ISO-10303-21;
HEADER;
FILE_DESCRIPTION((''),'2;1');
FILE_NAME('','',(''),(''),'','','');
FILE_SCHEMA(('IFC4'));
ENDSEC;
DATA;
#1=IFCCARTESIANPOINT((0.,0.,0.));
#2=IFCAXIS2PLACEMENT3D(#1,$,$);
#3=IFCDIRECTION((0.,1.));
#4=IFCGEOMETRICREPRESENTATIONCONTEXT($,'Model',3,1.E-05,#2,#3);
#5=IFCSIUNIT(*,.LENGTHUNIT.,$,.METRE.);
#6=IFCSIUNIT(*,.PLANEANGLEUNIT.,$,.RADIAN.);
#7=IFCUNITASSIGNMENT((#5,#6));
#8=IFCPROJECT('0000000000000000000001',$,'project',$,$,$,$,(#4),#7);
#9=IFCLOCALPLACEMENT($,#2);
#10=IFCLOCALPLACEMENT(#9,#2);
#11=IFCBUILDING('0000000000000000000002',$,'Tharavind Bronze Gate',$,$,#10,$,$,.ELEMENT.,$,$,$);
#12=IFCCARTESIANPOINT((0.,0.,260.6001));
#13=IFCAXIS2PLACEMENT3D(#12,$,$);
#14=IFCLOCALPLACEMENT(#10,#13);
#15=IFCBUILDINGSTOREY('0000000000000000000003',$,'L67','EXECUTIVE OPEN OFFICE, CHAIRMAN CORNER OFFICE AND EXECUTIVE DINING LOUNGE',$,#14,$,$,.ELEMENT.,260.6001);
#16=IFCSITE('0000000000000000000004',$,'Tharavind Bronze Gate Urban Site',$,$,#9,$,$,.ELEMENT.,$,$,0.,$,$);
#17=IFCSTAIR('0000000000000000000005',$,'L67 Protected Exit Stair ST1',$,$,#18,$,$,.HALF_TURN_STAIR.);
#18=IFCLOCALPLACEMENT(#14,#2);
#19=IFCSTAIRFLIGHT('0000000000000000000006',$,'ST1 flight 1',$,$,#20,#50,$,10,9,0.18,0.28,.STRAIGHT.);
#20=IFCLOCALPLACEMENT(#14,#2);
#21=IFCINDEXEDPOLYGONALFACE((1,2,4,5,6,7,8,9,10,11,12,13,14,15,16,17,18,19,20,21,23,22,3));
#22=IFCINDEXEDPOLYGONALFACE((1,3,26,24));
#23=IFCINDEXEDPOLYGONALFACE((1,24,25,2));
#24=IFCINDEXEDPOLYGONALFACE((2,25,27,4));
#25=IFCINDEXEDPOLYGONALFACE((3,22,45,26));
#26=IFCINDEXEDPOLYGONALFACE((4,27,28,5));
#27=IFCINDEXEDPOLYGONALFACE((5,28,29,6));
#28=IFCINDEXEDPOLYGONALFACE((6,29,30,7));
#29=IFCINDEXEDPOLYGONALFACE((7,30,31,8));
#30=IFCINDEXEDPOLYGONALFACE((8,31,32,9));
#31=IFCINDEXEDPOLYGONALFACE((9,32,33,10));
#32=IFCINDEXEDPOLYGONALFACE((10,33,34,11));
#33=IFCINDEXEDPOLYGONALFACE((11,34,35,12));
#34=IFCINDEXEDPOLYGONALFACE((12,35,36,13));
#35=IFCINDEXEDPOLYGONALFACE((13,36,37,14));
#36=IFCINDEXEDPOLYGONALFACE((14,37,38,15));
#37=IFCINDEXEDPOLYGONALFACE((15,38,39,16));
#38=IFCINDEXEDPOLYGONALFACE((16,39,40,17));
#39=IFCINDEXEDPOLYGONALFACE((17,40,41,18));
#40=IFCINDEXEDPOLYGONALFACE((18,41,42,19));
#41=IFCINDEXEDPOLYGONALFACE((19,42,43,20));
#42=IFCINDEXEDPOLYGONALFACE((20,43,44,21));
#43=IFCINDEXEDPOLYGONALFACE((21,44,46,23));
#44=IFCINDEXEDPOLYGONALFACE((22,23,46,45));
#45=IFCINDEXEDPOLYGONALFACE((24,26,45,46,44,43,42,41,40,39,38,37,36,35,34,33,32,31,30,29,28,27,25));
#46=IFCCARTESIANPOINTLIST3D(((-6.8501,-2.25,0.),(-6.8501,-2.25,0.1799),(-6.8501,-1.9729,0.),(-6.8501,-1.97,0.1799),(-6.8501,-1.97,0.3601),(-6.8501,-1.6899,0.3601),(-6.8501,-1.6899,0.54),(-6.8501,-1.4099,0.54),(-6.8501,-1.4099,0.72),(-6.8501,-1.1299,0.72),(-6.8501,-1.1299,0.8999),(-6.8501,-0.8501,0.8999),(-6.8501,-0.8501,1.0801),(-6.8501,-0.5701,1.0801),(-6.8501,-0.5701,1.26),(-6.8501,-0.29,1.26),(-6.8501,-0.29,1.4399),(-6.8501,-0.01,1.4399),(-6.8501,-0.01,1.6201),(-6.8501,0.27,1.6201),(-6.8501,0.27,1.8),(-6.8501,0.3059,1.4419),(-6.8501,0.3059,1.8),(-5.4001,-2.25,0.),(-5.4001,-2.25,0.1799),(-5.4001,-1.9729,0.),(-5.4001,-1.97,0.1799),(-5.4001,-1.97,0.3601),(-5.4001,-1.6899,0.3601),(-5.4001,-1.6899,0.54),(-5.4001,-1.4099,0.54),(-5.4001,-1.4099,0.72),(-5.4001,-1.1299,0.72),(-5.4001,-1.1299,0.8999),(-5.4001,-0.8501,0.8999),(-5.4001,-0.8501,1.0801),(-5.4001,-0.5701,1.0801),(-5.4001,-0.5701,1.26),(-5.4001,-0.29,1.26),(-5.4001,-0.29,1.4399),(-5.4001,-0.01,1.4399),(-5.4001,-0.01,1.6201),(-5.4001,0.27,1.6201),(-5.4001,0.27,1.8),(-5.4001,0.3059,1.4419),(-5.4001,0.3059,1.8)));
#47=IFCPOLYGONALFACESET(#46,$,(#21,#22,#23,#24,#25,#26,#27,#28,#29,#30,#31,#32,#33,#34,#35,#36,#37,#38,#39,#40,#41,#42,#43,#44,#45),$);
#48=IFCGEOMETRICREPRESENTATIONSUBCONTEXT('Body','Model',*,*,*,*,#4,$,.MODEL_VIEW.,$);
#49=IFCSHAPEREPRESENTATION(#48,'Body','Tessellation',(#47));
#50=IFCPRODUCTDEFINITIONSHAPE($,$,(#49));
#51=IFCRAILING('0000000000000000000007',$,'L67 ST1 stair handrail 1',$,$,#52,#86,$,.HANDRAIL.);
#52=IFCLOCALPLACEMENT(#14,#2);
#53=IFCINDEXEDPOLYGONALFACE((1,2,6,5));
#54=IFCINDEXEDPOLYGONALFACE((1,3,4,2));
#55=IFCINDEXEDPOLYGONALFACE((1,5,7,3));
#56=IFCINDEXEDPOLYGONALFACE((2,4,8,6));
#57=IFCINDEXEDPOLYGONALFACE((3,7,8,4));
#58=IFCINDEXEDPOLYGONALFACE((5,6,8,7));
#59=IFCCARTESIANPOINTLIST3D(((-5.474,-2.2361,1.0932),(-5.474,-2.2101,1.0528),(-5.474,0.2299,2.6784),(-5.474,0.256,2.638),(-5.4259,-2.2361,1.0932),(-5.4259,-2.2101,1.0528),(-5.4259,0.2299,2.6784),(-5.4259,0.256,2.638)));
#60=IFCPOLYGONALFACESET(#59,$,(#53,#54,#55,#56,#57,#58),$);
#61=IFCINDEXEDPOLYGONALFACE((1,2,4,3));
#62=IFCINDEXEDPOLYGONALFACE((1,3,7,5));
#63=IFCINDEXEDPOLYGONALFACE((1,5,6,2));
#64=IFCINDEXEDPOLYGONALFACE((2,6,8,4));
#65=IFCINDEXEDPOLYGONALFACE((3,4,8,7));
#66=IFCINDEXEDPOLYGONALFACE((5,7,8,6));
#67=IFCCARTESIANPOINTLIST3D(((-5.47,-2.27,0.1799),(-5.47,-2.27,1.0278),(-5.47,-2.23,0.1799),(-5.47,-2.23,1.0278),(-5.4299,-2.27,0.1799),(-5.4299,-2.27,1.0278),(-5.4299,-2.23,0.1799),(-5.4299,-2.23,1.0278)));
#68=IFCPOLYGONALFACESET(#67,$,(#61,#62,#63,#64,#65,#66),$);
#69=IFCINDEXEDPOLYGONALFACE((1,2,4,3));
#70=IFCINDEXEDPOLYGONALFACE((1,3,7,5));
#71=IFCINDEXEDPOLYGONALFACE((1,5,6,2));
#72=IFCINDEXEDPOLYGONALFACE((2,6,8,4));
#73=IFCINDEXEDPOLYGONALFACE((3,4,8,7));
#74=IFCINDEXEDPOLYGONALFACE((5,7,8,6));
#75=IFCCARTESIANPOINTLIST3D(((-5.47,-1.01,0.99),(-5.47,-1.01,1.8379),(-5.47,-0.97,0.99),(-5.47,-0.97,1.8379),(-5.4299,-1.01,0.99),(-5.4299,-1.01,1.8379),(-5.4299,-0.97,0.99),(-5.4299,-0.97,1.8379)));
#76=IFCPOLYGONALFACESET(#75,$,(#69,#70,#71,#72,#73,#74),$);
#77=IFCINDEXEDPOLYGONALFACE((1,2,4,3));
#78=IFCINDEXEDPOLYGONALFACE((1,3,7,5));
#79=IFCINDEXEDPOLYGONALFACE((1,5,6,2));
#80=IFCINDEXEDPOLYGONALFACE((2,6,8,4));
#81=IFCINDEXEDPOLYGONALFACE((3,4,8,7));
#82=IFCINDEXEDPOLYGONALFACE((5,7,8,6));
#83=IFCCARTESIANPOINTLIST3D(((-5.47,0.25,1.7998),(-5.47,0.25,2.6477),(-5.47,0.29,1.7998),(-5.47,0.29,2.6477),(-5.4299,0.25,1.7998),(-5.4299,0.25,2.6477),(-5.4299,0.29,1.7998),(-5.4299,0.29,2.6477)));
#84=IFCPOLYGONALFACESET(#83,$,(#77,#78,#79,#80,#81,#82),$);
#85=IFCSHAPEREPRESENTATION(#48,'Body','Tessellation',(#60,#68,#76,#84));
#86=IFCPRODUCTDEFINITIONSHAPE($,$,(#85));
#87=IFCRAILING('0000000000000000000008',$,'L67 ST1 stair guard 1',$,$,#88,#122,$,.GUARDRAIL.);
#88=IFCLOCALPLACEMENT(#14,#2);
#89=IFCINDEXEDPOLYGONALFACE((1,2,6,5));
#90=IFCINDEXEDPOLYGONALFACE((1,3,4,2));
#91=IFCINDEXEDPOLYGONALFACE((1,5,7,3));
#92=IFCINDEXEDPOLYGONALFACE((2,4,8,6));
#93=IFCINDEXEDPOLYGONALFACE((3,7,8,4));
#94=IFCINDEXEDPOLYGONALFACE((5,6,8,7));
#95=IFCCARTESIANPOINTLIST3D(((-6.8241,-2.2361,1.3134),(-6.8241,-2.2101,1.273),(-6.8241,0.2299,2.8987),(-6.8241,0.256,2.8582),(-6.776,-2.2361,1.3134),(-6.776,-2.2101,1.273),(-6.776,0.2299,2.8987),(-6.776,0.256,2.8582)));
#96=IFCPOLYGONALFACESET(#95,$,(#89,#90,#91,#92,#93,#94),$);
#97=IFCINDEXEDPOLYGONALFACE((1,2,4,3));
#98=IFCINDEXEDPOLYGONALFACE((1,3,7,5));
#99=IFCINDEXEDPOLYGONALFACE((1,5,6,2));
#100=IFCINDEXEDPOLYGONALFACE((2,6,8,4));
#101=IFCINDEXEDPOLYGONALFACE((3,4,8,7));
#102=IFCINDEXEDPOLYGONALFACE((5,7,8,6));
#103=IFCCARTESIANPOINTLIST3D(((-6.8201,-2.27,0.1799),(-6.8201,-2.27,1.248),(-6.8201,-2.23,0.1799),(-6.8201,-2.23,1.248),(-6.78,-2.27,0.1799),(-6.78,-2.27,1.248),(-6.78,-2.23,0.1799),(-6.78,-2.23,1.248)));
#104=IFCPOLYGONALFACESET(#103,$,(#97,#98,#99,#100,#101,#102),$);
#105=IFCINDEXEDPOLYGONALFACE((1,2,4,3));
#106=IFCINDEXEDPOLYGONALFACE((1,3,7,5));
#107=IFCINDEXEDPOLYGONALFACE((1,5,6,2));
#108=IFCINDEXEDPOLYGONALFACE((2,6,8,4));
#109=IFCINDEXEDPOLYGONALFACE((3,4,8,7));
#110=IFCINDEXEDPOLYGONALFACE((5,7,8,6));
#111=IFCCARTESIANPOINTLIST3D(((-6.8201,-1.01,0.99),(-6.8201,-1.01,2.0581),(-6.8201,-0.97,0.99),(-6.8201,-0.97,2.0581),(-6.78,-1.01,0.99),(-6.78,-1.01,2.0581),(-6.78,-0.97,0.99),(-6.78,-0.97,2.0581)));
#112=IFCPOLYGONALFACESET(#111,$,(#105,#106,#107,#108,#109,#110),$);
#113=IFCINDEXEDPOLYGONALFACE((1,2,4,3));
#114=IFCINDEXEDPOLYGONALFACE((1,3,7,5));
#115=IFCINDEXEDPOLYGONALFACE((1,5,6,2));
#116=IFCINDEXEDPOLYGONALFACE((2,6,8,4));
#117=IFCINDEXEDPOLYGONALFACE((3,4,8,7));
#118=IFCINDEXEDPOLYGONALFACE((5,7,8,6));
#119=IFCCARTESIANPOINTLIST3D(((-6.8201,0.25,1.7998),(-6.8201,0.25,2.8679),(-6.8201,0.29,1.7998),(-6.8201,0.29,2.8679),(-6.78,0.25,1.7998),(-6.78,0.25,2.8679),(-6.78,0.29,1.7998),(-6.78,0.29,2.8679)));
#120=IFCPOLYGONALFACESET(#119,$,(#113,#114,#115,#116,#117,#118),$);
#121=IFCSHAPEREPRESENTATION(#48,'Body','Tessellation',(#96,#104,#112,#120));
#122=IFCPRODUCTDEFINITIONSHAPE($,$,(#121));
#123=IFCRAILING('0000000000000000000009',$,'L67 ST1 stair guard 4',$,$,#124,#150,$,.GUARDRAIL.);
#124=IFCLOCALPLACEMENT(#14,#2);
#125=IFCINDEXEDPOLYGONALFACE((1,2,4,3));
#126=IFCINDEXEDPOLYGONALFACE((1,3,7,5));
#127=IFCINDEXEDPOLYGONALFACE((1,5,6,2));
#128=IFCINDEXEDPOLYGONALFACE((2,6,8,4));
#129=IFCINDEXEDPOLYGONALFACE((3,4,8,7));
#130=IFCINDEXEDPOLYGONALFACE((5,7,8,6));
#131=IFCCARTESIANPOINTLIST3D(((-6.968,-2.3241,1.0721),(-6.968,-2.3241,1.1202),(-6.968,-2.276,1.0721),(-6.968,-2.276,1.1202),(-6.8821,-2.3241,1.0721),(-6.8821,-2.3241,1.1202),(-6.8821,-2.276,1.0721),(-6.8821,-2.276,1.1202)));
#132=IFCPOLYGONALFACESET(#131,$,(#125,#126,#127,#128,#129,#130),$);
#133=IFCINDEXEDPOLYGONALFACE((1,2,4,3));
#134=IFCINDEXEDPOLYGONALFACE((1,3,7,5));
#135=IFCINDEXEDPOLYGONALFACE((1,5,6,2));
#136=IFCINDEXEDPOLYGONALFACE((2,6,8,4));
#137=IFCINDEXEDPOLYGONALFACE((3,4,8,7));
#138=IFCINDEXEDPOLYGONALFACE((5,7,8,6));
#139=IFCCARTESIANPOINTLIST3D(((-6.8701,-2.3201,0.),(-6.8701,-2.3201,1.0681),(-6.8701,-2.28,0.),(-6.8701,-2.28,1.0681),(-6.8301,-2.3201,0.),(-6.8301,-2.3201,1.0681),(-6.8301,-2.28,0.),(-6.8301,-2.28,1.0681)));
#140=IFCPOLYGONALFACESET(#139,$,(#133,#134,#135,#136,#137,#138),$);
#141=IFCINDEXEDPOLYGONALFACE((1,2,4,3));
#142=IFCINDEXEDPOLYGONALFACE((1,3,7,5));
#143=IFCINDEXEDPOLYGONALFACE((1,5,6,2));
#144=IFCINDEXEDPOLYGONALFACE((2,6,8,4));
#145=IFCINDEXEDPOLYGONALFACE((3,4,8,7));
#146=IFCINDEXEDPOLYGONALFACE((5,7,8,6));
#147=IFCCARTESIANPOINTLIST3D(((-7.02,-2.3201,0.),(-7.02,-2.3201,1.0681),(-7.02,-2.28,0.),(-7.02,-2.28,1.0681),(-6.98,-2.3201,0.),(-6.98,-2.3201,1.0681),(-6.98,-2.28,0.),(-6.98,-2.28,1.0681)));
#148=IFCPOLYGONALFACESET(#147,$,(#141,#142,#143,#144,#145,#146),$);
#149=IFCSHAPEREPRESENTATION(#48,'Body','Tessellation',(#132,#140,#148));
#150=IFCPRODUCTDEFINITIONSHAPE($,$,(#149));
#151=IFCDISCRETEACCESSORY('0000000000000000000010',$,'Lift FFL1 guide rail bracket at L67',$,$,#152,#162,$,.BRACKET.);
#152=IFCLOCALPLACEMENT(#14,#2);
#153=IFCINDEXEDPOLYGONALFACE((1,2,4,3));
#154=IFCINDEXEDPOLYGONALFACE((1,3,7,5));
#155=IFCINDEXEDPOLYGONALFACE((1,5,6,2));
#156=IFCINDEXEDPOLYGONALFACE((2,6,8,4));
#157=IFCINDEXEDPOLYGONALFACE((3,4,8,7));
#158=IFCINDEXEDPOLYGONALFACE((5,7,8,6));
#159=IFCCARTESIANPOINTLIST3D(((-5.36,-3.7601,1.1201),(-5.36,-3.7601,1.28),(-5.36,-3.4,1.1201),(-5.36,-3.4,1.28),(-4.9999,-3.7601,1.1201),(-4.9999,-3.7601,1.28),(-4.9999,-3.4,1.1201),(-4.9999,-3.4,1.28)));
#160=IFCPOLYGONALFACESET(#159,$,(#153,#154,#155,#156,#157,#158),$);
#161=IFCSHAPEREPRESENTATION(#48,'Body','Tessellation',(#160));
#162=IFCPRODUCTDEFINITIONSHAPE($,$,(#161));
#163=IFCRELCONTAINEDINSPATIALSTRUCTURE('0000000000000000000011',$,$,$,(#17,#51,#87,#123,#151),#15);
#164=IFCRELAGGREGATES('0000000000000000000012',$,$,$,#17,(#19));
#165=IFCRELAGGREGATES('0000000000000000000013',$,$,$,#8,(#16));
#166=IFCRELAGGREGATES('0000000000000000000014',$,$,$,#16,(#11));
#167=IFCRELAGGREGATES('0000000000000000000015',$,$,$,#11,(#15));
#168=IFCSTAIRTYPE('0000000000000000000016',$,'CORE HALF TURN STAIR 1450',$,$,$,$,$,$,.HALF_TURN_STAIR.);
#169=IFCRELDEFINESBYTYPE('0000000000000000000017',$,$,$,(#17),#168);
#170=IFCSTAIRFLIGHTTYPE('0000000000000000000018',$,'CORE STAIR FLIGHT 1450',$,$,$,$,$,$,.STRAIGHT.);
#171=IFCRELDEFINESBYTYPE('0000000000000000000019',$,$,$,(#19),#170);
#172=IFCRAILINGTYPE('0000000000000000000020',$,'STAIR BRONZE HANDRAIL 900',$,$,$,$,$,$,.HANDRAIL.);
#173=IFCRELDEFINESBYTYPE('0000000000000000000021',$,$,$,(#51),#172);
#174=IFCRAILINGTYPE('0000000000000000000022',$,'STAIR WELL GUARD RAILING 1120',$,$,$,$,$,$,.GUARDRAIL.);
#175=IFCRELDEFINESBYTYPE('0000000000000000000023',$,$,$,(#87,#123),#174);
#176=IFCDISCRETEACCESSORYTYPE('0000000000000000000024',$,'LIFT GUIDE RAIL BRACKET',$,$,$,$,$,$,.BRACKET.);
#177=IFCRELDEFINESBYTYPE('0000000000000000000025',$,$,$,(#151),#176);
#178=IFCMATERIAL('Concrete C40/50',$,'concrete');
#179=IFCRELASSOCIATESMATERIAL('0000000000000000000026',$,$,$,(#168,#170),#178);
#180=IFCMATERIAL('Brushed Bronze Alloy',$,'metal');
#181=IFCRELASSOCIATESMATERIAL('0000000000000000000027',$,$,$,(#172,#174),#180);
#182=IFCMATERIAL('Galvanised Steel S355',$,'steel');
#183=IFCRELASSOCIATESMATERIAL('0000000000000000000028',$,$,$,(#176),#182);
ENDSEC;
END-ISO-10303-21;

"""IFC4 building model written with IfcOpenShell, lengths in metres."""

from ifc_helpers import new_model, si_unit, direction, frame, origin, origin_2d, place, context, subcontext, project, spatial, polyline, rectangle, outline, extrude, material, type_object, element, aggregate, save


model = new_model("IFC4")

# Units and contexts
model_context = context("Model", 3, precision=1e-05, world=origin(), true_north=direction((0.0, 1.0)))
body_context = subcontext(model_context, "Body", "Model", "MODEL_VIEW")
ifc_project = project(units=[si_unit("LENGTHUNIT", "METRE"), si_unit("PLANEANGLEUNIT", "RADIAN")], contexts=[model_context])

# Site, building, storey
site_placement = place(None, origin())
site = spatial("IfcSite", under=ifc_project, at=site_placement, Name="Tharavind Bronze Gate Urban Site", CompositionType="ELEMENT", RefElevation=0.0)
building_placement = place(site_placement, origin())
building = spatial("IfcBuilding", under=site, at=building_placement, Name="Tharavind Bronze Gate", CompositionType="ELEMENT")
storey_placement = place(building_placement, frame((0.0, 0.0, 260.6001)))
storey = spatial("IfcBuildingStorey", under=building, at=storey_placement, Name="L67", Description="EXECUTIVE OPEN OFFICE, CHAIRMAN CORNER OFFICE AND EXECUTIVE DINING LOUNGE", CompositionType="ELEMENT", Elevation=260.6001)

# Shared definitions
ifc_material_1 = material(Name="Concrete C40/50", Category="concrete")

# Stair
stair_type = type_object("IfcStairType", Name="CORE HALF TURN STAIR 1450", PredefinedType="HALF_TURN_STAIR", material=ifc_material_1)
stair_placement = place(storey_placement, origin())
stair = element("IfcStair", 1, at=stair_placement, inside=storey, type_object=stair_type, Name="L67 Protected Exit Stair ST1", PredefinedType="HALF_TURN_STAIR")

# Stair flight
stair_flight_type = type_object("IfcStairFlightType", Name="CORE STAIR FLIGHT 1450", PredefinedType="STRAIGHT", material=ifc_material_1)
stair_flight_placement = place(storey_placement, frame((-6.125, -2.25, 0.0), z_axis=(0.0, 0.0, 1.0), x_axis=(0.0, 1.0, 0.0)))
stair_flight = element("IfcStairFlight", 2, at=stair_flight_placement, type_object=stair_flight_type, Name="ST1 flight 1", NumberOfRisers=10, NumberOfTreads=9, PredefinedType="STRAIGHT", RiserHeight=0.18, TreadLength=0.28, context=body_context, shape_type="SweptSolid", body=[
    extrude(outline(polyline([(0.0, 0.0), (0.0, 0.1799), (0.28, 0.1799), (0.28, 0.3601), (0.5601, 0.3601), (0.5601, 0.54), (0.8401, 0.54), (0.8401, 0.72), (1.1201, 0.72), (1.1201, 0.8999), (1.3999, 0.8999), (1.3999, 1.0801), (1.6799, 1.0801), (1.6799, 1.26), (1.96, 1.26), (1.96, 1.4399), (2.24, 1.4399), (2.24, 1.6201), (2.52, 1.6201), (2.52, 1.8), (2.5559, 1.8), (2.5559, 1.4419), (0.2771, 0.0), (0.0, 0.0)])), frame((0.0, 0.7251, 0.0), z_axis=(0.0, -1.0, 0.0), x_axis=(1.0, 0.0, 0.0)), (0.0, 0.0, 1.0), 1.45),
])
aggregate(stair, [stair_flight])

# Railings
ifc_material_2 = material(Name="Brushed Bronze Alloy", Category="metal")
railing_type_1 = type_object("IfcRailingType", Name="STAIR BRONZE HANDRAIL 900", PredefinedType="HANDRAIL", material=ifc_material_2)
railing_1_placement = place(storey_placement, frame((-5.45, -2.25, 0.1799)))
element("IfcRailing", 3, at=railing_1_placement, inside=storey, type_object=railing_type_1, Name="L67 ST1 stair handrail 1", PredefinedType="HANDRAIL", context=body_context, shape_type="SweptSolid", body=[
    extrude(rectangle(XDim=0.0481, YDim=0.0481, at=origin_2d()), frame((0.0, 0.0269, 0.8931), z_axis=(0.0, 0.8412, 0.540725), x_axis=(-1.0, 0.0, 0.0)), (0.0, 0.0, 1.0), 2.9316),
    extrude(rectangle(XDim=0.04, YDim=0.04, at=origin_2d()), origin(), (0.0, 0.0, 1.0), 0.8479),
    extrude(rectangle(XDim=0.04, YDim=0.04, at=origin_2d()), frame((0.0, 1.26, 0.8101)), (0.0, 0.0, 1.0), 0.8479),
    extrude(rectangle(XDim=0.04, YDim=0.04, at=origin_2d()), frame((0.0, 2.52, 1.6199)), (0.0, 0.0, 1.0), 0.8479),
])
railing_type_2 = type_object("IfcRailingType", Name="STAIR WELL GUARD RAILING 1120", PredefinedType="GUARDRAIL", material=ifc_material_2)
railing_2_placement = place(storey_placement, frame((-6.8, -2.25, 0.1799)))
element("IfcRailing", 4, at=railing_2_placement, inside=storey, type_object=railing_type_2, Name="L67 ST1 stair guard 1", PredefinedType="GUARDRAIL", context=body_context, shape_type="SweptSolid", body=[
    extrude(rectangle(XDim=0.0481, YDim=0.0481, at=origin_2d()), frame((0.0, 0.0269, 1.1133), z_axis=(0.0, 0.8412, 0.540725), x_axis=(-1.0, 0.0, 0.0)), (0.0, 0.0, 1.0), 2.9316),
    extrude(rectangle(XDim=0.04, YDim=0.04, at=origin_2d()), origin(), (0.0, 0.0, 1.0), 1.0681),
    extrude(rectangle(XDim=0.04, YDim=0.04, at=origin_2d()), frame((0.0, 1.26, 0.8101)), (0.0, 0.0, 1.0), 1.0681),
    extrude(rectangle(XDim=0.04, YDim=0.04, at=origin_2d()), frame((0.0, 2.52, 1.6199)), (0.0, 0.0, 1.0), 1.0681),
])
railing_3_placement = place(storey_placement, frame((-6.8501, -2.3, 0.0)))
element("IfcRailing", 5, at=railing_3_placement, inside=storey, type_object=railing_type_2, Name="L67 ST1 stair guard 4", PredefinedType="GUARDRAIL", context=body_context, shape_type="SweptSolid", body=[
    extrude(rectangle(XDim=0.0481, YDim=0.0481, at=origin_2d()), frame((-0.032, 0.0, 1.0962), z_axis=(-1.0, 0.0, 0.0), x_axis=(0.0, -1.0, 0.0)), (0.0, 0.0, 1.0), 0.0859),
    extrude(rectangle(XDim=0.04, YDim=0.04, at=origin_2d()), origin(), (0.0, 0.0, 1.0), 1.0681),
    extrude(rectangle(XDim=0.04, YDim=0.04, at=origin_2d()), frame((-0.1499, 0.0, 0.0)), (0.0, 0.0, 1.0), 1.0681),
])

# Discrete accessory
ifc_material_3 = material(Name="Galvanised Steel S355", Category="steel")
discrete_accessory_type = type_object("IfcDiscreteAccessoryType", Name="LIFT GUIDE RAIL BRACKET", PredefinedType="BRACKET", material=ifc_material_3)
discrete_accessory_placement = place(storey_placement, frame((-5.1799, -3.5801, 1.1201), z_axis=(0.0, 0.0, 1.0), x_axis=(1.0, 0.0, 0.0)))
element("IfcDiscreteAccessory", 6, at=discrete_accessory_placement, inside=storey, type_object=discrete_accessory_type, Name="Lift FFL1 guide rail bracket at L67", PredefinedType="BRACKET", context=body_context, shape_type="SweptSolid", body=[
    extrude(rectangle(XDim=0.3601, YDim=0.3601, at=origin_2d()), origin(), (0.0, 0.0, 1.0), 0.1599),
])

save(model, "model.ifc")
